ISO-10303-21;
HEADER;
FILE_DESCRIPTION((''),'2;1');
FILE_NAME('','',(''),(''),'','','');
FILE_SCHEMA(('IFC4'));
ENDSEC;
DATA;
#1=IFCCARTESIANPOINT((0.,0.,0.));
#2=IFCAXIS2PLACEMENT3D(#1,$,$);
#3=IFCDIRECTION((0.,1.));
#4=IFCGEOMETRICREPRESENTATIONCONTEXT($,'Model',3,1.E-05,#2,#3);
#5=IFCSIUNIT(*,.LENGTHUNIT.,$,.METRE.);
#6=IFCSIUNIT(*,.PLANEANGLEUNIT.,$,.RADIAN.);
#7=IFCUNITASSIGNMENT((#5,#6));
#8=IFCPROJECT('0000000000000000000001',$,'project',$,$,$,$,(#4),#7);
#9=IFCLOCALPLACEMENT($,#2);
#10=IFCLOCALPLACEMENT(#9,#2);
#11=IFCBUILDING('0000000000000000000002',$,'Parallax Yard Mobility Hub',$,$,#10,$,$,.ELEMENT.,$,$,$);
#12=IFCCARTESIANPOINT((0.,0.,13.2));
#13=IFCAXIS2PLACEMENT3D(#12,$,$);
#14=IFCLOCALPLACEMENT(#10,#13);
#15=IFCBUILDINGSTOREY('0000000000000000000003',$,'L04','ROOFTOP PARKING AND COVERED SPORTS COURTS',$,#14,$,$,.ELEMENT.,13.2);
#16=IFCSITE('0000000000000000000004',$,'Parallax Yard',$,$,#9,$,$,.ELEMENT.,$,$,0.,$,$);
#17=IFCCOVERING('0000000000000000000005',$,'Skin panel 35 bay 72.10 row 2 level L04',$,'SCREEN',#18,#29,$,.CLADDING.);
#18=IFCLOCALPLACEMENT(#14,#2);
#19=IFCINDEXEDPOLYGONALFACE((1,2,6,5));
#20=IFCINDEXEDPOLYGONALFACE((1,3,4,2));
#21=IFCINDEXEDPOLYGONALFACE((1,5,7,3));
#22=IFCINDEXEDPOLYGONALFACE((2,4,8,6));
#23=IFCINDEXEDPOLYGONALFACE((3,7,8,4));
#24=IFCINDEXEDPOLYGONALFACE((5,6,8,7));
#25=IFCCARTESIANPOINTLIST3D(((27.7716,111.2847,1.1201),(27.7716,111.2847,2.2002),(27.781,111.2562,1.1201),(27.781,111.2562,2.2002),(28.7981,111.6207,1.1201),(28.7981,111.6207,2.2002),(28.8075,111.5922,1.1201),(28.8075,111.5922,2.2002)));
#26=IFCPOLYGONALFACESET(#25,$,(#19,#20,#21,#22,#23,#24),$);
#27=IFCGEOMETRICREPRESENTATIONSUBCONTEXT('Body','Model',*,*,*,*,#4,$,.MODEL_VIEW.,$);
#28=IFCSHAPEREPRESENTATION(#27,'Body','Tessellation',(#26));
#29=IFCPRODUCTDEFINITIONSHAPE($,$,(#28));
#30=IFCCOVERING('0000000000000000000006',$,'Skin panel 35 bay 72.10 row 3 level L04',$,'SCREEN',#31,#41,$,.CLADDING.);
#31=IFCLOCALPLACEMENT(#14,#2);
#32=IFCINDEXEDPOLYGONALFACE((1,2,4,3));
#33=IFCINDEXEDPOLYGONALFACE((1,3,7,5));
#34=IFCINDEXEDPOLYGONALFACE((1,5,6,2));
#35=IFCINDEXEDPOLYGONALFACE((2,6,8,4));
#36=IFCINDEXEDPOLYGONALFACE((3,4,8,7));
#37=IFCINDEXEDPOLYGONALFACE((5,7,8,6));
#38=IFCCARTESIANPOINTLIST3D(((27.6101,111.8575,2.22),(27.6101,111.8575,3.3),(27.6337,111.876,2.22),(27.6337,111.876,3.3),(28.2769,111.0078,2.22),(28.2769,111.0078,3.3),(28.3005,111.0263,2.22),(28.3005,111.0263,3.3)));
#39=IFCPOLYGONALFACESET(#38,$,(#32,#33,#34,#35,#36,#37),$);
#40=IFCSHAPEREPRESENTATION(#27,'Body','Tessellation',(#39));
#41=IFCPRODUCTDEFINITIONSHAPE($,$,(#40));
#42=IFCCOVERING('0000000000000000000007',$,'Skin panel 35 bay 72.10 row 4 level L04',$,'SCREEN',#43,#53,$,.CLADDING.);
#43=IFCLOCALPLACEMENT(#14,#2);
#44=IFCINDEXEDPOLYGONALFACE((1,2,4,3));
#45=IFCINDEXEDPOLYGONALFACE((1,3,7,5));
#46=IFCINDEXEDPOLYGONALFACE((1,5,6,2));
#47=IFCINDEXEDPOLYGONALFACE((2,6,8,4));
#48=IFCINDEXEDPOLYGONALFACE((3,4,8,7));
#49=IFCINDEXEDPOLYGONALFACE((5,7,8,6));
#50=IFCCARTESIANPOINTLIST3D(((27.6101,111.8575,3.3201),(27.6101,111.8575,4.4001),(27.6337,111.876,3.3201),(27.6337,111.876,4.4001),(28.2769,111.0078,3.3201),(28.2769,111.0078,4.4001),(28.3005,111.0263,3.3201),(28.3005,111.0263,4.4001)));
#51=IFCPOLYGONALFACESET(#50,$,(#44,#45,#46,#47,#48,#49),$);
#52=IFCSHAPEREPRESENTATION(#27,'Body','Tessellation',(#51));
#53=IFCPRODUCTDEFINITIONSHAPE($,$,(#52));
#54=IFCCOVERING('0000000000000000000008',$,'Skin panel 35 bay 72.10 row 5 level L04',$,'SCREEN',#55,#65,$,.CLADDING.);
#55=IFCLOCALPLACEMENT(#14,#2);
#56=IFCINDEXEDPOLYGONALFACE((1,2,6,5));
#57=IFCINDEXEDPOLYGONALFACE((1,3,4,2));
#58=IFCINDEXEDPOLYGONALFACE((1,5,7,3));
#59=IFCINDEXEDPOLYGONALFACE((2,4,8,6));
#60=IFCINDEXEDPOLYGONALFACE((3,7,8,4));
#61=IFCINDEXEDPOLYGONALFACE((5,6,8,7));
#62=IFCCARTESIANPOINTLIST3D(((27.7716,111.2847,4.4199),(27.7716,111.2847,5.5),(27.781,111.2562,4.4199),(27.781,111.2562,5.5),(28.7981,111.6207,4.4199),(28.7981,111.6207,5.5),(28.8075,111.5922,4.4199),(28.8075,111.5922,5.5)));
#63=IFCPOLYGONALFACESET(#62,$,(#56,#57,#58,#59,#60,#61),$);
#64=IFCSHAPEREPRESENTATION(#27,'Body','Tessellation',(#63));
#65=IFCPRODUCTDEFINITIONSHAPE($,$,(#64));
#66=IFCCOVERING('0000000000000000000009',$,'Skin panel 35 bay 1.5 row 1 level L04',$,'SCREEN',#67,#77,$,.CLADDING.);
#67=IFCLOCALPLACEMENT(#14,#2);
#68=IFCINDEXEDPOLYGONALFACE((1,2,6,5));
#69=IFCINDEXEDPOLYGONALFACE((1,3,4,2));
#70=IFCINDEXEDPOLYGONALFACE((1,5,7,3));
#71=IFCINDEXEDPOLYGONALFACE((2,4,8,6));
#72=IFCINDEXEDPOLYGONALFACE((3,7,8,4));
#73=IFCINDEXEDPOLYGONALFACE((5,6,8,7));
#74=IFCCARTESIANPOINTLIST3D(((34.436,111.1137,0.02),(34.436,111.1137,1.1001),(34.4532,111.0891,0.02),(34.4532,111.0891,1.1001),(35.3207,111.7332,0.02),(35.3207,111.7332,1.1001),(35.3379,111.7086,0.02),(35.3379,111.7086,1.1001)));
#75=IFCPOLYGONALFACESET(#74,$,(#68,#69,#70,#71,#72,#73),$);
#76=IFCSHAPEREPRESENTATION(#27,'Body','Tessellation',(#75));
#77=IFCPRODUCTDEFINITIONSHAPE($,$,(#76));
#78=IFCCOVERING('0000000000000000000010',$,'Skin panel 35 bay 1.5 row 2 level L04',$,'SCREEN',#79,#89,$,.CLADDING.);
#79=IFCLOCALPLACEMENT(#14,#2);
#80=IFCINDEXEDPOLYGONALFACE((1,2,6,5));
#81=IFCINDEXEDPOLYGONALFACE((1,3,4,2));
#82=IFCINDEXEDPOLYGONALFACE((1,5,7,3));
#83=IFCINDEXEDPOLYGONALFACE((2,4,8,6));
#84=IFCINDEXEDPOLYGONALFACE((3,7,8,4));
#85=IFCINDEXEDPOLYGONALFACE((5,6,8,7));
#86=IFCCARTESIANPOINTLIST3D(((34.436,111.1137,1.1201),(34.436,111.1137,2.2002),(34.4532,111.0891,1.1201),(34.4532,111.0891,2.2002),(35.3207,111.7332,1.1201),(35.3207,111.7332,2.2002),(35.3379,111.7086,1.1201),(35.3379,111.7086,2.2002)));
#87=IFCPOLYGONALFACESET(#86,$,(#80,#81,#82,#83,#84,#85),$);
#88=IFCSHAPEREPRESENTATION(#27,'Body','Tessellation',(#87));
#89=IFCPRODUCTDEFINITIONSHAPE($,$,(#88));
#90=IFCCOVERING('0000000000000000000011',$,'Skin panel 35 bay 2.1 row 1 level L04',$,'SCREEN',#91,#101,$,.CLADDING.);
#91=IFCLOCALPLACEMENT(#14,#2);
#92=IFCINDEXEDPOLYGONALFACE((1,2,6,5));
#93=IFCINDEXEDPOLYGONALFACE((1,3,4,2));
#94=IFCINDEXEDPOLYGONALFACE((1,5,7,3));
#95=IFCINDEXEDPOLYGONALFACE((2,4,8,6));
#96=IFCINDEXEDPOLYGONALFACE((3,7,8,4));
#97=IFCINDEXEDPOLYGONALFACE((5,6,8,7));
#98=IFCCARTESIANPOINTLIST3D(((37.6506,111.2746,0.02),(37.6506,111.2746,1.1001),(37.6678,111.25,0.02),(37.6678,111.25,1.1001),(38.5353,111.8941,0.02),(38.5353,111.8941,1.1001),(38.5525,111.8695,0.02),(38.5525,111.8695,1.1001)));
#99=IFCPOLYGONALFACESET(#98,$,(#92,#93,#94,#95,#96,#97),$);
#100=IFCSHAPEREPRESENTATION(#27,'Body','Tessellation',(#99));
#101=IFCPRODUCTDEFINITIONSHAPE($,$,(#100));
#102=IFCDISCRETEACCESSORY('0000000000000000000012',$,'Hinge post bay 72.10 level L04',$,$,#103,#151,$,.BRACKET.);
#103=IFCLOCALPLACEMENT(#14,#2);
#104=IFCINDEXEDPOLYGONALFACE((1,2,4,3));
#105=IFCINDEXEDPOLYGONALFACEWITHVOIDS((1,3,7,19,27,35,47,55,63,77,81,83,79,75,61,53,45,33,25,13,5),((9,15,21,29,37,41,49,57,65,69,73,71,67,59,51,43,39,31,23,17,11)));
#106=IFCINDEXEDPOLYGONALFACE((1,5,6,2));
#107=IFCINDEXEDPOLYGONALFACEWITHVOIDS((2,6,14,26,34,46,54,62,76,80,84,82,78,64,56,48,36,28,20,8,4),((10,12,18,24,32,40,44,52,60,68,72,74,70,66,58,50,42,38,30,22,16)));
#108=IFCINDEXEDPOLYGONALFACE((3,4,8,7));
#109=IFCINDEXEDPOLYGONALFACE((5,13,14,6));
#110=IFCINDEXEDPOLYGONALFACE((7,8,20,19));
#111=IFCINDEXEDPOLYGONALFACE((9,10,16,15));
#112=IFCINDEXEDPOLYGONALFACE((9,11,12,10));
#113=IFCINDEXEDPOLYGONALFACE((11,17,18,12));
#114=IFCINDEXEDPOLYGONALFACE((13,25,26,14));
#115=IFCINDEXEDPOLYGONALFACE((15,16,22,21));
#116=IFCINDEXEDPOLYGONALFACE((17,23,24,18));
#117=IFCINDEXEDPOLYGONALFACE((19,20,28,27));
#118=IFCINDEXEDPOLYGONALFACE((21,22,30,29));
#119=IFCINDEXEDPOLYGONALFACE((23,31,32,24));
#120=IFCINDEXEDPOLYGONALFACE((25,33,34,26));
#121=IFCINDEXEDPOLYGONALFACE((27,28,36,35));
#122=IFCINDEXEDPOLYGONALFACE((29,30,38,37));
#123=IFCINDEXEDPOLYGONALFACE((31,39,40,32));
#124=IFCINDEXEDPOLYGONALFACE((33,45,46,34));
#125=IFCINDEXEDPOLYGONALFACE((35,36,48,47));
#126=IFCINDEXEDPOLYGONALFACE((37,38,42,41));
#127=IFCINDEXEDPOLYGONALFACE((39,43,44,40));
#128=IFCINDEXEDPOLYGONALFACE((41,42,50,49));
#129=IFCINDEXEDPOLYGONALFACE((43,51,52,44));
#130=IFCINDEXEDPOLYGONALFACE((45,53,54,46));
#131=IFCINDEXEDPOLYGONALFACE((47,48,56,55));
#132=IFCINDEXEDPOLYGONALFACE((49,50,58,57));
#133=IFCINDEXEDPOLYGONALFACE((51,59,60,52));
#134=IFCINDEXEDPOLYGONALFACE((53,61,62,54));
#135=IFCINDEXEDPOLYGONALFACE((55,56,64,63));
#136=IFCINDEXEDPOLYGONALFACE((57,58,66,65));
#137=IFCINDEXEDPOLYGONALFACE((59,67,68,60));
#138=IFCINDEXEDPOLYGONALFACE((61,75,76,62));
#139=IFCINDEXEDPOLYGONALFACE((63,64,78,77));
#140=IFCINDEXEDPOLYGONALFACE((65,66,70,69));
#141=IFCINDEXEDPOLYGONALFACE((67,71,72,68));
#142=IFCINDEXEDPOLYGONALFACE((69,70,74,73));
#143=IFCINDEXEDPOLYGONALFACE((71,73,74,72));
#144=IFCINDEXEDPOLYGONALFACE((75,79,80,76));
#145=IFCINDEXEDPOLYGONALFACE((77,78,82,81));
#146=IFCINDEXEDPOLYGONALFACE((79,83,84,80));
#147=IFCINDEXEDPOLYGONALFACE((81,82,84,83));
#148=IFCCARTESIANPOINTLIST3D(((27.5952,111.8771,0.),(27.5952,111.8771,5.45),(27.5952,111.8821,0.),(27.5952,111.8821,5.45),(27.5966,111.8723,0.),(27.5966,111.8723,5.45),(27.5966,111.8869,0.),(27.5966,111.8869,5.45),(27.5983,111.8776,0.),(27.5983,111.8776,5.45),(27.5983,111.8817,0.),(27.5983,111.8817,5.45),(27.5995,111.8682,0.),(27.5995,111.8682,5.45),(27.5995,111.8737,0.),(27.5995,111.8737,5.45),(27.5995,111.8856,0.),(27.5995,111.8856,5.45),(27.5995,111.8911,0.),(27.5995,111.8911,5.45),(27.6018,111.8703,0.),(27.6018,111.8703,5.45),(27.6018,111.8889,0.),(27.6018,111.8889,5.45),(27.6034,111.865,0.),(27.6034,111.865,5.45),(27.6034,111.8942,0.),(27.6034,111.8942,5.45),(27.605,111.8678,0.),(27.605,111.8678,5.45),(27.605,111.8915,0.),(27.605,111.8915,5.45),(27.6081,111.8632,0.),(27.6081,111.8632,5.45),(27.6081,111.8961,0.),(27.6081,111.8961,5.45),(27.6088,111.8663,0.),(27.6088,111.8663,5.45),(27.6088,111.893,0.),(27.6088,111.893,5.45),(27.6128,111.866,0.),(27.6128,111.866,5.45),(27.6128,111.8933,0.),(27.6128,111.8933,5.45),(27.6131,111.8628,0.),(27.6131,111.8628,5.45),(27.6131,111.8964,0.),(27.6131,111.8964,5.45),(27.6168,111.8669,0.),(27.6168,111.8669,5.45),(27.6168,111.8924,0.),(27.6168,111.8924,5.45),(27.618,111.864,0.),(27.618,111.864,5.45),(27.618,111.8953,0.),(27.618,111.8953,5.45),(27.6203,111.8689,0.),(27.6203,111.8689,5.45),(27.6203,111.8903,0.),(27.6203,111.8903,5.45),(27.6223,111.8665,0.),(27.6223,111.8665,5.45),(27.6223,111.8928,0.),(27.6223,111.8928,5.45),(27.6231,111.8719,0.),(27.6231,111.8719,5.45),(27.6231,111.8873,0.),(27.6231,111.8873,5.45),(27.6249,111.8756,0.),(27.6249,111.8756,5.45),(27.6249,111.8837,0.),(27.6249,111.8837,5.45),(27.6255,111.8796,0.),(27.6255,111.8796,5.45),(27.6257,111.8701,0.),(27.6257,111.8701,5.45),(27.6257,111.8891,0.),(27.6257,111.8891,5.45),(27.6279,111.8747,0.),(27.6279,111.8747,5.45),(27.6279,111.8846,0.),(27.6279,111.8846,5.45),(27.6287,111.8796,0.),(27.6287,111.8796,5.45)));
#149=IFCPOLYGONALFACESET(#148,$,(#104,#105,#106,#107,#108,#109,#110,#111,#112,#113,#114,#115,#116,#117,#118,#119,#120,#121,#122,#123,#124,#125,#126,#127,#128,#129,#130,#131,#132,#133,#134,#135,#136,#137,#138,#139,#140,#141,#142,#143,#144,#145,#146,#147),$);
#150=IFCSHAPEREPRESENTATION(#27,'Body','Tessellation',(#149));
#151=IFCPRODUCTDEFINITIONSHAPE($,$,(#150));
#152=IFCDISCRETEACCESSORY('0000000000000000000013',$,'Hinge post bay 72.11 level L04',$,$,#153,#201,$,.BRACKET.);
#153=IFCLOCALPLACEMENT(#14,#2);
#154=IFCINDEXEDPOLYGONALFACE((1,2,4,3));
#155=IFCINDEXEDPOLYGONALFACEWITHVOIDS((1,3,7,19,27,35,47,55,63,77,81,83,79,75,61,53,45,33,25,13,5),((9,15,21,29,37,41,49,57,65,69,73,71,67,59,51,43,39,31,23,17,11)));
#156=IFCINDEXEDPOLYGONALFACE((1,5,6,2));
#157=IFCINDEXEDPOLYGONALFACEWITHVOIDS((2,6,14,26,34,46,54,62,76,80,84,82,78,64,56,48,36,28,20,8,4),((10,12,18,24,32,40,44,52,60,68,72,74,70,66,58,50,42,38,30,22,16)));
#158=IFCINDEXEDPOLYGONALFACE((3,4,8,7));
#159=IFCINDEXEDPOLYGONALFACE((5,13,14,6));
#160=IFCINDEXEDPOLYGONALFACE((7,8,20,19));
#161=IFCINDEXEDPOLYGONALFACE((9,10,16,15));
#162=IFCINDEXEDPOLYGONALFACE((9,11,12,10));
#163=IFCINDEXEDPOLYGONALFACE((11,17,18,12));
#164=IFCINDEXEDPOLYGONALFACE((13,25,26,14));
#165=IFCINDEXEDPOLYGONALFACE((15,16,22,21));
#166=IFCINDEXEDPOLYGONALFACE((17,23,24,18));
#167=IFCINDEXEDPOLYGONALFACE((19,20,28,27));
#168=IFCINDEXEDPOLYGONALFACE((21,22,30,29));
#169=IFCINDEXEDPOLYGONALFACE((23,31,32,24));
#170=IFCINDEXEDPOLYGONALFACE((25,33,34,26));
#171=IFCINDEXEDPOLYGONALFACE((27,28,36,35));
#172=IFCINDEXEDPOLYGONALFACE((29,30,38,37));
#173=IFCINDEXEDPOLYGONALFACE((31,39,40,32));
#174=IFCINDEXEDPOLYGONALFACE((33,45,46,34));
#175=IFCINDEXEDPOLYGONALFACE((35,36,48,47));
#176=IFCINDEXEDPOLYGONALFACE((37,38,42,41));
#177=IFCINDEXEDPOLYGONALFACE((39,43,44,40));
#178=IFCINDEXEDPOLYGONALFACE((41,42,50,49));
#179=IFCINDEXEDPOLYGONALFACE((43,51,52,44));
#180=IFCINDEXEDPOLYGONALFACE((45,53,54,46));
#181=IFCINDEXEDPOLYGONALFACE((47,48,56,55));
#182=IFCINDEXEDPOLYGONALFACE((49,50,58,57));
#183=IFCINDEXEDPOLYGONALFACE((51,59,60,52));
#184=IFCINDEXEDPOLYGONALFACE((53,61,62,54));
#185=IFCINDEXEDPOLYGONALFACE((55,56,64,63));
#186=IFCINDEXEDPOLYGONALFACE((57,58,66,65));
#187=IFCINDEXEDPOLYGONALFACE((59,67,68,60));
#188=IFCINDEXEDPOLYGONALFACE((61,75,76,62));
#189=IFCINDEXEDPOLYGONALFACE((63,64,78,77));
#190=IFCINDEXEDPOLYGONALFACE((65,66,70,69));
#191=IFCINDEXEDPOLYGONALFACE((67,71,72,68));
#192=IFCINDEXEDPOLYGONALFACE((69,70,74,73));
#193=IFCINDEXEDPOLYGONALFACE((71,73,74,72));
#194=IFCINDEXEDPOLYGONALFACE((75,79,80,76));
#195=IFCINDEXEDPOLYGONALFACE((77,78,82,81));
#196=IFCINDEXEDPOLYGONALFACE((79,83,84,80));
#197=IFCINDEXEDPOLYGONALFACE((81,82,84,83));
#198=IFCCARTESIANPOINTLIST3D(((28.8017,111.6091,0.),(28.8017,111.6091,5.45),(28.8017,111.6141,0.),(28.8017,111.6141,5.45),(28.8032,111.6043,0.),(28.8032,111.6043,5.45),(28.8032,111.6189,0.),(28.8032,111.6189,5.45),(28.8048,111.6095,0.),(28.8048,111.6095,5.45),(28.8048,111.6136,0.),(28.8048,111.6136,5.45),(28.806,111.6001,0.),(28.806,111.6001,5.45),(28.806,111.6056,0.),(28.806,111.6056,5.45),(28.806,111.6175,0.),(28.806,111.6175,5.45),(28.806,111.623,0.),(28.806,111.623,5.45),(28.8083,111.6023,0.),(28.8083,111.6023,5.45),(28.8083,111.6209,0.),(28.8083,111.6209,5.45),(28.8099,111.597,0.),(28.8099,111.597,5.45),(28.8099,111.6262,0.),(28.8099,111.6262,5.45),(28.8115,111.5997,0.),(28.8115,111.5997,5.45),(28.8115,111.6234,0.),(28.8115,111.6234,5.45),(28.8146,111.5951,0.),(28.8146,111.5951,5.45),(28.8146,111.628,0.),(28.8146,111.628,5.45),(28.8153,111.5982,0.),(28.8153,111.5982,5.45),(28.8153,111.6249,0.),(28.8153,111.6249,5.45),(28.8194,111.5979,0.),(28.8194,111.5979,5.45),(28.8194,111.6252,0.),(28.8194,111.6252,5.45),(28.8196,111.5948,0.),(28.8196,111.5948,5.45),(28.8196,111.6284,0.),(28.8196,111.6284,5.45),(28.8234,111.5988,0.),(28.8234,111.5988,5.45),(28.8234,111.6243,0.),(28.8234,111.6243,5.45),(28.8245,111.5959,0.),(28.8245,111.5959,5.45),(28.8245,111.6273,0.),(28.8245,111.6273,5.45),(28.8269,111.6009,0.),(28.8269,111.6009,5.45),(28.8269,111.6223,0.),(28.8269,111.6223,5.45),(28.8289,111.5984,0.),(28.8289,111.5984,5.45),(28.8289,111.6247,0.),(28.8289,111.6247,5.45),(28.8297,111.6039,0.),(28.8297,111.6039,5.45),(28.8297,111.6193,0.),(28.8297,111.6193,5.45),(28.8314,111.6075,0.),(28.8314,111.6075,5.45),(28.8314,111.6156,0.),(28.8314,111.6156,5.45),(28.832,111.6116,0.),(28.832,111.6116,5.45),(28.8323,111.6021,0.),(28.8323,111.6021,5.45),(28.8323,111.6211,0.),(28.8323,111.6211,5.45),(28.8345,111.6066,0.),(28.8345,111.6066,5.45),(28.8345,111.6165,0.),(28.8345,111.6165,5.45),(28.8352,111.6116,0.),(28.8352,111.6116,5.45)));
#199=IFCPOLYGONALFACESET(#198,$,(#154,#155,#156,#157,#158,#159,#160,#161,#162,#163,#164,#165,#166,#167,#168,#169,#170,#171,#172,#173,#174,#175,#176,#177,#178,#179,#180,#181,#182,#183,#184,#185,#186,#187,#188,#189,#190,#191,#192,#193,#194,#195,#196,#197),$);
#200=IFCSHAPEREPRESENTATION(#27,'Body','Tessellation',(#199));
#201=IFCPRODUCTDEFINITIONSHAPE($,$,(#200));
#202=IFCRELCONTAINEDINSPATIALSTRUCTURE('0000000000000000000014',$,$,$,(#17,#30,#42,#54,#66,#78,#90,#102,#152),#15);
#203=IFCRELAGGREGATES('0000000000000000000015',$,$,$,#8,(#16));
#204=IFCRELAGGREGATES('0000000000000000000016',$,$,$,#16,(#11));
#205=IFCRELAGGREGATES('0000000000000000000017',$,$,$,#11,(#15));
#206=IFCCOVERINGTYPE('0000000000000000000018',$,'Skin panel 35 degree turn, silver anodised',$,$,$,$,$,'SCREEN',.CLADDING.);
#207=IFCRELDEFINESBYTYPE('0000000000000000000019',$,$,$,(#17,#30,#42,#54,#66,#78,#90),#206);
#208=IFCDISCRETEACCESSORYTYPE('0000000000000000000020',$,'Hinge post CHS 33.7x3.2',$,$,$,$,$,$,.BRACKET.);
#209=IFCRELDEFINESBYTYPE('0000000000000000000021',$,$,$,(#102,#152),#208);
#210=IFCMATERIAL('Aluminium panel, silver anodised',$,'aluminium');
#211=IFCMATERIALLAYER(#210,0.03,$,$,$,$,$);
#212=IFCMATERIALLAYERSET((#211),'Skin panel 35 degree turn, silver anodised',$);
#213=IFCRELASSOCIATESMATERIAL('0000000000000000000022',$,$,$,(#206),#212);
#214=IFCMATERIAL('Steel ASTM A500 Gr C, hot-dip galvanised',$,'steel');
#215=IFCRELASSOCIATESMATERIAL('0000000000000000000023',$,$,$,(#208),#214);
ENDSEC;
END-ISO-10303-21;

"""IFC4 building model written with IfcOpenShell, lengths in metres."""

from ifc_helpers import new_model, si_unit, direction, frame, origin, origin_2d, place, context, subcontext, project, spatial, rectangle, hollow_circle, extrude, material, layer, layer_set, material_profile, profile_set, type_object, element, save


model = new_model("IFC4")

# Units and contexts
model_context = context("Model", 3, precision=1e-05, world=origin(), true_north=direction((0.0, 1.0)))
body_context = subcontext(model_context, "Body", "Model", "MODEL_VIEW")
ifc_project = project(units=[si_unit("LENGTHUNIT", "METRE"), si_unit("PLANEANGLEUNIT", "RADIAN")], contexts=[model_context])

# Site, building, storey
site_placement = place(None, origin())
site = spatial("IfcSite", under=ifc_project, at=site_placement, Name="Parallax Yard", CompositionType="ELEMENT", RefElevation=0.0)
building_placement = place(site_placement, origin())
building = spatial("IfcBuilding", under=site, at=building_placement, Name="Parallax Yard Mobility Hub", CompositionType="ELEMENT")
storey_placement = place(building_placement, frame((0.0, 0.0, 13.2)))
storey = spatial("IfcBuildingStorey", under=building, at=storey_placement, Name="L04", Description="ROOFTOP PARKING AND COVERED SPORTS COURTS", CompositionType="ELEMENT", Elevation=13.2)

# Coverings
ifc_material_1 = material(Name="Aluminium panel, silver anodised", Category="aluminium")
ifc_layer_1 = layer(ifc_material_1, 0.03)
ifc_layer_set_1 = layer_set([ifc_layer_1], Name="Skin panel 35 degree turn, silver anodised")
covering_type_1 = type_object("IfcCoveringType", Name="Skin panel 35 degree turn, silver anodised", ElementType="SCREEN", PredefinedType="CLADDING", material=ifc_layer_set_1)
for number, where, z_axis, x_axis, name in (
    (1, (28.2896, 111.4385, 1.1201), (0.0, 0.0, 1.0), (-0.95038, -0.311091, 0.0), "Skin panel 35 bay 72.10 row 2 level L04"),
    (2, (27.9553, 111.4419, 2.22), (0.0, 0.0, 1.0), (0.617379, -0.786666, 0.0), "Skin panel 35 bay 72.10 row 3 level L04"),
    (3, (27.9553, 111.4419, 3.3201), (0.0, 0.0, 1.0), (0.617379, -0.786666, 0.0), "Skin panel 35 bay 72.10 row 4 level L04"),
    (4, (28.2896, 111.4385, 4.4199), (0.0, 0.0, 1.0), (-0.95038, -0.311091, 0.0), "Skin panel 35 bay 72.10 row 5 level L04"),
    (5, (34.887, 111.4111, 0.02), (0.0, 0.0, 1.0), (-0.819152, -0.573576, 0.0), "Skin panel 35 bay 1.5 row 1 level L04"),
    (6, (34.887, 111.4111, 1.1201), (0.0, 0.0, 1.0), (-0.819152, -0.573576, 0.0), "Skin panel 35 bay 1.5 row 2 level L04"),
    (7, (38.1016, 111.572, 0.02), (0.0, 0.0, 1.0), (-0.819152, -0.573576, 0.0), "Skin panel 35 bay 2.1 row 1 level L04"),
):
    element("IfcCovering", number, at=place(storey_placement, frame(where, z_axis=z_axis, x_axis=x_axis)), inside=storey, type_object=covering_type_1, Name=name, ObjectType="SCREEN", PredefinedType="CLADDING", context=body_context, shape_type="SweptSolid", body=[
        extrude(rectangle(XDim=1.0801, YDim=0.03, at=origin_2d()), origin(), (0.0, 0.0, 1.0), 1.0801),
    ])

# Discrete accessories
ifc_material_2 = material(Name="Steel ASTM A500 Gr C, hot-dip galvanised", Category="steel")
ifc_material_profile = material_profile(ifc_material_2, hollow_circle(Radius=0.0168, WallThickness=0.0032, at=origin_2d()), Name="CHS 33.7x3.2")
ifc_profile_set = profile_set([ifc_material_profile], Name="Steel ASTM A500 Gr C, hot-dip galvanised")
discrete_accessory_type = type_object("IfcDiscreteAccessoryType", Name="Hinge post CHS 33.7x3.2", PredefinedType="BRACKET", material=ifc_profile_set)
for number, where, z_axis, x_axis, name in (
    (8, (27.6118, 111.8796, 0.0), (0.0, 0.0, 1.0), (1.0, 0.0, 0.0), "Hinge post bay 72.10 level L04"),
    (9, (28.8184, 111.6116, 0.0), (0.0, 0.0, 1.0), (1.0, 0.0, 0.0), "Hinge post bay 72.11 level L04"),
):
    element("IfcDiscreteAccessory", number, at=place(storey_placement, frame(where, z_axis=z_axis, x_axis=x_axis)), inside=storey, type_object=discrete_accessory_type, Name=name, PredefinedType="BRACKET", context=body_context, shape_type="SweptSolid", body=[
        extrude(hollow_circle(Radius=0.0168, WallThickness=0.0032, at=origin_2d()), origin(), (0.0, 0.0, 1.0), 5.45),
    ])

save(model, "model.ifc")
